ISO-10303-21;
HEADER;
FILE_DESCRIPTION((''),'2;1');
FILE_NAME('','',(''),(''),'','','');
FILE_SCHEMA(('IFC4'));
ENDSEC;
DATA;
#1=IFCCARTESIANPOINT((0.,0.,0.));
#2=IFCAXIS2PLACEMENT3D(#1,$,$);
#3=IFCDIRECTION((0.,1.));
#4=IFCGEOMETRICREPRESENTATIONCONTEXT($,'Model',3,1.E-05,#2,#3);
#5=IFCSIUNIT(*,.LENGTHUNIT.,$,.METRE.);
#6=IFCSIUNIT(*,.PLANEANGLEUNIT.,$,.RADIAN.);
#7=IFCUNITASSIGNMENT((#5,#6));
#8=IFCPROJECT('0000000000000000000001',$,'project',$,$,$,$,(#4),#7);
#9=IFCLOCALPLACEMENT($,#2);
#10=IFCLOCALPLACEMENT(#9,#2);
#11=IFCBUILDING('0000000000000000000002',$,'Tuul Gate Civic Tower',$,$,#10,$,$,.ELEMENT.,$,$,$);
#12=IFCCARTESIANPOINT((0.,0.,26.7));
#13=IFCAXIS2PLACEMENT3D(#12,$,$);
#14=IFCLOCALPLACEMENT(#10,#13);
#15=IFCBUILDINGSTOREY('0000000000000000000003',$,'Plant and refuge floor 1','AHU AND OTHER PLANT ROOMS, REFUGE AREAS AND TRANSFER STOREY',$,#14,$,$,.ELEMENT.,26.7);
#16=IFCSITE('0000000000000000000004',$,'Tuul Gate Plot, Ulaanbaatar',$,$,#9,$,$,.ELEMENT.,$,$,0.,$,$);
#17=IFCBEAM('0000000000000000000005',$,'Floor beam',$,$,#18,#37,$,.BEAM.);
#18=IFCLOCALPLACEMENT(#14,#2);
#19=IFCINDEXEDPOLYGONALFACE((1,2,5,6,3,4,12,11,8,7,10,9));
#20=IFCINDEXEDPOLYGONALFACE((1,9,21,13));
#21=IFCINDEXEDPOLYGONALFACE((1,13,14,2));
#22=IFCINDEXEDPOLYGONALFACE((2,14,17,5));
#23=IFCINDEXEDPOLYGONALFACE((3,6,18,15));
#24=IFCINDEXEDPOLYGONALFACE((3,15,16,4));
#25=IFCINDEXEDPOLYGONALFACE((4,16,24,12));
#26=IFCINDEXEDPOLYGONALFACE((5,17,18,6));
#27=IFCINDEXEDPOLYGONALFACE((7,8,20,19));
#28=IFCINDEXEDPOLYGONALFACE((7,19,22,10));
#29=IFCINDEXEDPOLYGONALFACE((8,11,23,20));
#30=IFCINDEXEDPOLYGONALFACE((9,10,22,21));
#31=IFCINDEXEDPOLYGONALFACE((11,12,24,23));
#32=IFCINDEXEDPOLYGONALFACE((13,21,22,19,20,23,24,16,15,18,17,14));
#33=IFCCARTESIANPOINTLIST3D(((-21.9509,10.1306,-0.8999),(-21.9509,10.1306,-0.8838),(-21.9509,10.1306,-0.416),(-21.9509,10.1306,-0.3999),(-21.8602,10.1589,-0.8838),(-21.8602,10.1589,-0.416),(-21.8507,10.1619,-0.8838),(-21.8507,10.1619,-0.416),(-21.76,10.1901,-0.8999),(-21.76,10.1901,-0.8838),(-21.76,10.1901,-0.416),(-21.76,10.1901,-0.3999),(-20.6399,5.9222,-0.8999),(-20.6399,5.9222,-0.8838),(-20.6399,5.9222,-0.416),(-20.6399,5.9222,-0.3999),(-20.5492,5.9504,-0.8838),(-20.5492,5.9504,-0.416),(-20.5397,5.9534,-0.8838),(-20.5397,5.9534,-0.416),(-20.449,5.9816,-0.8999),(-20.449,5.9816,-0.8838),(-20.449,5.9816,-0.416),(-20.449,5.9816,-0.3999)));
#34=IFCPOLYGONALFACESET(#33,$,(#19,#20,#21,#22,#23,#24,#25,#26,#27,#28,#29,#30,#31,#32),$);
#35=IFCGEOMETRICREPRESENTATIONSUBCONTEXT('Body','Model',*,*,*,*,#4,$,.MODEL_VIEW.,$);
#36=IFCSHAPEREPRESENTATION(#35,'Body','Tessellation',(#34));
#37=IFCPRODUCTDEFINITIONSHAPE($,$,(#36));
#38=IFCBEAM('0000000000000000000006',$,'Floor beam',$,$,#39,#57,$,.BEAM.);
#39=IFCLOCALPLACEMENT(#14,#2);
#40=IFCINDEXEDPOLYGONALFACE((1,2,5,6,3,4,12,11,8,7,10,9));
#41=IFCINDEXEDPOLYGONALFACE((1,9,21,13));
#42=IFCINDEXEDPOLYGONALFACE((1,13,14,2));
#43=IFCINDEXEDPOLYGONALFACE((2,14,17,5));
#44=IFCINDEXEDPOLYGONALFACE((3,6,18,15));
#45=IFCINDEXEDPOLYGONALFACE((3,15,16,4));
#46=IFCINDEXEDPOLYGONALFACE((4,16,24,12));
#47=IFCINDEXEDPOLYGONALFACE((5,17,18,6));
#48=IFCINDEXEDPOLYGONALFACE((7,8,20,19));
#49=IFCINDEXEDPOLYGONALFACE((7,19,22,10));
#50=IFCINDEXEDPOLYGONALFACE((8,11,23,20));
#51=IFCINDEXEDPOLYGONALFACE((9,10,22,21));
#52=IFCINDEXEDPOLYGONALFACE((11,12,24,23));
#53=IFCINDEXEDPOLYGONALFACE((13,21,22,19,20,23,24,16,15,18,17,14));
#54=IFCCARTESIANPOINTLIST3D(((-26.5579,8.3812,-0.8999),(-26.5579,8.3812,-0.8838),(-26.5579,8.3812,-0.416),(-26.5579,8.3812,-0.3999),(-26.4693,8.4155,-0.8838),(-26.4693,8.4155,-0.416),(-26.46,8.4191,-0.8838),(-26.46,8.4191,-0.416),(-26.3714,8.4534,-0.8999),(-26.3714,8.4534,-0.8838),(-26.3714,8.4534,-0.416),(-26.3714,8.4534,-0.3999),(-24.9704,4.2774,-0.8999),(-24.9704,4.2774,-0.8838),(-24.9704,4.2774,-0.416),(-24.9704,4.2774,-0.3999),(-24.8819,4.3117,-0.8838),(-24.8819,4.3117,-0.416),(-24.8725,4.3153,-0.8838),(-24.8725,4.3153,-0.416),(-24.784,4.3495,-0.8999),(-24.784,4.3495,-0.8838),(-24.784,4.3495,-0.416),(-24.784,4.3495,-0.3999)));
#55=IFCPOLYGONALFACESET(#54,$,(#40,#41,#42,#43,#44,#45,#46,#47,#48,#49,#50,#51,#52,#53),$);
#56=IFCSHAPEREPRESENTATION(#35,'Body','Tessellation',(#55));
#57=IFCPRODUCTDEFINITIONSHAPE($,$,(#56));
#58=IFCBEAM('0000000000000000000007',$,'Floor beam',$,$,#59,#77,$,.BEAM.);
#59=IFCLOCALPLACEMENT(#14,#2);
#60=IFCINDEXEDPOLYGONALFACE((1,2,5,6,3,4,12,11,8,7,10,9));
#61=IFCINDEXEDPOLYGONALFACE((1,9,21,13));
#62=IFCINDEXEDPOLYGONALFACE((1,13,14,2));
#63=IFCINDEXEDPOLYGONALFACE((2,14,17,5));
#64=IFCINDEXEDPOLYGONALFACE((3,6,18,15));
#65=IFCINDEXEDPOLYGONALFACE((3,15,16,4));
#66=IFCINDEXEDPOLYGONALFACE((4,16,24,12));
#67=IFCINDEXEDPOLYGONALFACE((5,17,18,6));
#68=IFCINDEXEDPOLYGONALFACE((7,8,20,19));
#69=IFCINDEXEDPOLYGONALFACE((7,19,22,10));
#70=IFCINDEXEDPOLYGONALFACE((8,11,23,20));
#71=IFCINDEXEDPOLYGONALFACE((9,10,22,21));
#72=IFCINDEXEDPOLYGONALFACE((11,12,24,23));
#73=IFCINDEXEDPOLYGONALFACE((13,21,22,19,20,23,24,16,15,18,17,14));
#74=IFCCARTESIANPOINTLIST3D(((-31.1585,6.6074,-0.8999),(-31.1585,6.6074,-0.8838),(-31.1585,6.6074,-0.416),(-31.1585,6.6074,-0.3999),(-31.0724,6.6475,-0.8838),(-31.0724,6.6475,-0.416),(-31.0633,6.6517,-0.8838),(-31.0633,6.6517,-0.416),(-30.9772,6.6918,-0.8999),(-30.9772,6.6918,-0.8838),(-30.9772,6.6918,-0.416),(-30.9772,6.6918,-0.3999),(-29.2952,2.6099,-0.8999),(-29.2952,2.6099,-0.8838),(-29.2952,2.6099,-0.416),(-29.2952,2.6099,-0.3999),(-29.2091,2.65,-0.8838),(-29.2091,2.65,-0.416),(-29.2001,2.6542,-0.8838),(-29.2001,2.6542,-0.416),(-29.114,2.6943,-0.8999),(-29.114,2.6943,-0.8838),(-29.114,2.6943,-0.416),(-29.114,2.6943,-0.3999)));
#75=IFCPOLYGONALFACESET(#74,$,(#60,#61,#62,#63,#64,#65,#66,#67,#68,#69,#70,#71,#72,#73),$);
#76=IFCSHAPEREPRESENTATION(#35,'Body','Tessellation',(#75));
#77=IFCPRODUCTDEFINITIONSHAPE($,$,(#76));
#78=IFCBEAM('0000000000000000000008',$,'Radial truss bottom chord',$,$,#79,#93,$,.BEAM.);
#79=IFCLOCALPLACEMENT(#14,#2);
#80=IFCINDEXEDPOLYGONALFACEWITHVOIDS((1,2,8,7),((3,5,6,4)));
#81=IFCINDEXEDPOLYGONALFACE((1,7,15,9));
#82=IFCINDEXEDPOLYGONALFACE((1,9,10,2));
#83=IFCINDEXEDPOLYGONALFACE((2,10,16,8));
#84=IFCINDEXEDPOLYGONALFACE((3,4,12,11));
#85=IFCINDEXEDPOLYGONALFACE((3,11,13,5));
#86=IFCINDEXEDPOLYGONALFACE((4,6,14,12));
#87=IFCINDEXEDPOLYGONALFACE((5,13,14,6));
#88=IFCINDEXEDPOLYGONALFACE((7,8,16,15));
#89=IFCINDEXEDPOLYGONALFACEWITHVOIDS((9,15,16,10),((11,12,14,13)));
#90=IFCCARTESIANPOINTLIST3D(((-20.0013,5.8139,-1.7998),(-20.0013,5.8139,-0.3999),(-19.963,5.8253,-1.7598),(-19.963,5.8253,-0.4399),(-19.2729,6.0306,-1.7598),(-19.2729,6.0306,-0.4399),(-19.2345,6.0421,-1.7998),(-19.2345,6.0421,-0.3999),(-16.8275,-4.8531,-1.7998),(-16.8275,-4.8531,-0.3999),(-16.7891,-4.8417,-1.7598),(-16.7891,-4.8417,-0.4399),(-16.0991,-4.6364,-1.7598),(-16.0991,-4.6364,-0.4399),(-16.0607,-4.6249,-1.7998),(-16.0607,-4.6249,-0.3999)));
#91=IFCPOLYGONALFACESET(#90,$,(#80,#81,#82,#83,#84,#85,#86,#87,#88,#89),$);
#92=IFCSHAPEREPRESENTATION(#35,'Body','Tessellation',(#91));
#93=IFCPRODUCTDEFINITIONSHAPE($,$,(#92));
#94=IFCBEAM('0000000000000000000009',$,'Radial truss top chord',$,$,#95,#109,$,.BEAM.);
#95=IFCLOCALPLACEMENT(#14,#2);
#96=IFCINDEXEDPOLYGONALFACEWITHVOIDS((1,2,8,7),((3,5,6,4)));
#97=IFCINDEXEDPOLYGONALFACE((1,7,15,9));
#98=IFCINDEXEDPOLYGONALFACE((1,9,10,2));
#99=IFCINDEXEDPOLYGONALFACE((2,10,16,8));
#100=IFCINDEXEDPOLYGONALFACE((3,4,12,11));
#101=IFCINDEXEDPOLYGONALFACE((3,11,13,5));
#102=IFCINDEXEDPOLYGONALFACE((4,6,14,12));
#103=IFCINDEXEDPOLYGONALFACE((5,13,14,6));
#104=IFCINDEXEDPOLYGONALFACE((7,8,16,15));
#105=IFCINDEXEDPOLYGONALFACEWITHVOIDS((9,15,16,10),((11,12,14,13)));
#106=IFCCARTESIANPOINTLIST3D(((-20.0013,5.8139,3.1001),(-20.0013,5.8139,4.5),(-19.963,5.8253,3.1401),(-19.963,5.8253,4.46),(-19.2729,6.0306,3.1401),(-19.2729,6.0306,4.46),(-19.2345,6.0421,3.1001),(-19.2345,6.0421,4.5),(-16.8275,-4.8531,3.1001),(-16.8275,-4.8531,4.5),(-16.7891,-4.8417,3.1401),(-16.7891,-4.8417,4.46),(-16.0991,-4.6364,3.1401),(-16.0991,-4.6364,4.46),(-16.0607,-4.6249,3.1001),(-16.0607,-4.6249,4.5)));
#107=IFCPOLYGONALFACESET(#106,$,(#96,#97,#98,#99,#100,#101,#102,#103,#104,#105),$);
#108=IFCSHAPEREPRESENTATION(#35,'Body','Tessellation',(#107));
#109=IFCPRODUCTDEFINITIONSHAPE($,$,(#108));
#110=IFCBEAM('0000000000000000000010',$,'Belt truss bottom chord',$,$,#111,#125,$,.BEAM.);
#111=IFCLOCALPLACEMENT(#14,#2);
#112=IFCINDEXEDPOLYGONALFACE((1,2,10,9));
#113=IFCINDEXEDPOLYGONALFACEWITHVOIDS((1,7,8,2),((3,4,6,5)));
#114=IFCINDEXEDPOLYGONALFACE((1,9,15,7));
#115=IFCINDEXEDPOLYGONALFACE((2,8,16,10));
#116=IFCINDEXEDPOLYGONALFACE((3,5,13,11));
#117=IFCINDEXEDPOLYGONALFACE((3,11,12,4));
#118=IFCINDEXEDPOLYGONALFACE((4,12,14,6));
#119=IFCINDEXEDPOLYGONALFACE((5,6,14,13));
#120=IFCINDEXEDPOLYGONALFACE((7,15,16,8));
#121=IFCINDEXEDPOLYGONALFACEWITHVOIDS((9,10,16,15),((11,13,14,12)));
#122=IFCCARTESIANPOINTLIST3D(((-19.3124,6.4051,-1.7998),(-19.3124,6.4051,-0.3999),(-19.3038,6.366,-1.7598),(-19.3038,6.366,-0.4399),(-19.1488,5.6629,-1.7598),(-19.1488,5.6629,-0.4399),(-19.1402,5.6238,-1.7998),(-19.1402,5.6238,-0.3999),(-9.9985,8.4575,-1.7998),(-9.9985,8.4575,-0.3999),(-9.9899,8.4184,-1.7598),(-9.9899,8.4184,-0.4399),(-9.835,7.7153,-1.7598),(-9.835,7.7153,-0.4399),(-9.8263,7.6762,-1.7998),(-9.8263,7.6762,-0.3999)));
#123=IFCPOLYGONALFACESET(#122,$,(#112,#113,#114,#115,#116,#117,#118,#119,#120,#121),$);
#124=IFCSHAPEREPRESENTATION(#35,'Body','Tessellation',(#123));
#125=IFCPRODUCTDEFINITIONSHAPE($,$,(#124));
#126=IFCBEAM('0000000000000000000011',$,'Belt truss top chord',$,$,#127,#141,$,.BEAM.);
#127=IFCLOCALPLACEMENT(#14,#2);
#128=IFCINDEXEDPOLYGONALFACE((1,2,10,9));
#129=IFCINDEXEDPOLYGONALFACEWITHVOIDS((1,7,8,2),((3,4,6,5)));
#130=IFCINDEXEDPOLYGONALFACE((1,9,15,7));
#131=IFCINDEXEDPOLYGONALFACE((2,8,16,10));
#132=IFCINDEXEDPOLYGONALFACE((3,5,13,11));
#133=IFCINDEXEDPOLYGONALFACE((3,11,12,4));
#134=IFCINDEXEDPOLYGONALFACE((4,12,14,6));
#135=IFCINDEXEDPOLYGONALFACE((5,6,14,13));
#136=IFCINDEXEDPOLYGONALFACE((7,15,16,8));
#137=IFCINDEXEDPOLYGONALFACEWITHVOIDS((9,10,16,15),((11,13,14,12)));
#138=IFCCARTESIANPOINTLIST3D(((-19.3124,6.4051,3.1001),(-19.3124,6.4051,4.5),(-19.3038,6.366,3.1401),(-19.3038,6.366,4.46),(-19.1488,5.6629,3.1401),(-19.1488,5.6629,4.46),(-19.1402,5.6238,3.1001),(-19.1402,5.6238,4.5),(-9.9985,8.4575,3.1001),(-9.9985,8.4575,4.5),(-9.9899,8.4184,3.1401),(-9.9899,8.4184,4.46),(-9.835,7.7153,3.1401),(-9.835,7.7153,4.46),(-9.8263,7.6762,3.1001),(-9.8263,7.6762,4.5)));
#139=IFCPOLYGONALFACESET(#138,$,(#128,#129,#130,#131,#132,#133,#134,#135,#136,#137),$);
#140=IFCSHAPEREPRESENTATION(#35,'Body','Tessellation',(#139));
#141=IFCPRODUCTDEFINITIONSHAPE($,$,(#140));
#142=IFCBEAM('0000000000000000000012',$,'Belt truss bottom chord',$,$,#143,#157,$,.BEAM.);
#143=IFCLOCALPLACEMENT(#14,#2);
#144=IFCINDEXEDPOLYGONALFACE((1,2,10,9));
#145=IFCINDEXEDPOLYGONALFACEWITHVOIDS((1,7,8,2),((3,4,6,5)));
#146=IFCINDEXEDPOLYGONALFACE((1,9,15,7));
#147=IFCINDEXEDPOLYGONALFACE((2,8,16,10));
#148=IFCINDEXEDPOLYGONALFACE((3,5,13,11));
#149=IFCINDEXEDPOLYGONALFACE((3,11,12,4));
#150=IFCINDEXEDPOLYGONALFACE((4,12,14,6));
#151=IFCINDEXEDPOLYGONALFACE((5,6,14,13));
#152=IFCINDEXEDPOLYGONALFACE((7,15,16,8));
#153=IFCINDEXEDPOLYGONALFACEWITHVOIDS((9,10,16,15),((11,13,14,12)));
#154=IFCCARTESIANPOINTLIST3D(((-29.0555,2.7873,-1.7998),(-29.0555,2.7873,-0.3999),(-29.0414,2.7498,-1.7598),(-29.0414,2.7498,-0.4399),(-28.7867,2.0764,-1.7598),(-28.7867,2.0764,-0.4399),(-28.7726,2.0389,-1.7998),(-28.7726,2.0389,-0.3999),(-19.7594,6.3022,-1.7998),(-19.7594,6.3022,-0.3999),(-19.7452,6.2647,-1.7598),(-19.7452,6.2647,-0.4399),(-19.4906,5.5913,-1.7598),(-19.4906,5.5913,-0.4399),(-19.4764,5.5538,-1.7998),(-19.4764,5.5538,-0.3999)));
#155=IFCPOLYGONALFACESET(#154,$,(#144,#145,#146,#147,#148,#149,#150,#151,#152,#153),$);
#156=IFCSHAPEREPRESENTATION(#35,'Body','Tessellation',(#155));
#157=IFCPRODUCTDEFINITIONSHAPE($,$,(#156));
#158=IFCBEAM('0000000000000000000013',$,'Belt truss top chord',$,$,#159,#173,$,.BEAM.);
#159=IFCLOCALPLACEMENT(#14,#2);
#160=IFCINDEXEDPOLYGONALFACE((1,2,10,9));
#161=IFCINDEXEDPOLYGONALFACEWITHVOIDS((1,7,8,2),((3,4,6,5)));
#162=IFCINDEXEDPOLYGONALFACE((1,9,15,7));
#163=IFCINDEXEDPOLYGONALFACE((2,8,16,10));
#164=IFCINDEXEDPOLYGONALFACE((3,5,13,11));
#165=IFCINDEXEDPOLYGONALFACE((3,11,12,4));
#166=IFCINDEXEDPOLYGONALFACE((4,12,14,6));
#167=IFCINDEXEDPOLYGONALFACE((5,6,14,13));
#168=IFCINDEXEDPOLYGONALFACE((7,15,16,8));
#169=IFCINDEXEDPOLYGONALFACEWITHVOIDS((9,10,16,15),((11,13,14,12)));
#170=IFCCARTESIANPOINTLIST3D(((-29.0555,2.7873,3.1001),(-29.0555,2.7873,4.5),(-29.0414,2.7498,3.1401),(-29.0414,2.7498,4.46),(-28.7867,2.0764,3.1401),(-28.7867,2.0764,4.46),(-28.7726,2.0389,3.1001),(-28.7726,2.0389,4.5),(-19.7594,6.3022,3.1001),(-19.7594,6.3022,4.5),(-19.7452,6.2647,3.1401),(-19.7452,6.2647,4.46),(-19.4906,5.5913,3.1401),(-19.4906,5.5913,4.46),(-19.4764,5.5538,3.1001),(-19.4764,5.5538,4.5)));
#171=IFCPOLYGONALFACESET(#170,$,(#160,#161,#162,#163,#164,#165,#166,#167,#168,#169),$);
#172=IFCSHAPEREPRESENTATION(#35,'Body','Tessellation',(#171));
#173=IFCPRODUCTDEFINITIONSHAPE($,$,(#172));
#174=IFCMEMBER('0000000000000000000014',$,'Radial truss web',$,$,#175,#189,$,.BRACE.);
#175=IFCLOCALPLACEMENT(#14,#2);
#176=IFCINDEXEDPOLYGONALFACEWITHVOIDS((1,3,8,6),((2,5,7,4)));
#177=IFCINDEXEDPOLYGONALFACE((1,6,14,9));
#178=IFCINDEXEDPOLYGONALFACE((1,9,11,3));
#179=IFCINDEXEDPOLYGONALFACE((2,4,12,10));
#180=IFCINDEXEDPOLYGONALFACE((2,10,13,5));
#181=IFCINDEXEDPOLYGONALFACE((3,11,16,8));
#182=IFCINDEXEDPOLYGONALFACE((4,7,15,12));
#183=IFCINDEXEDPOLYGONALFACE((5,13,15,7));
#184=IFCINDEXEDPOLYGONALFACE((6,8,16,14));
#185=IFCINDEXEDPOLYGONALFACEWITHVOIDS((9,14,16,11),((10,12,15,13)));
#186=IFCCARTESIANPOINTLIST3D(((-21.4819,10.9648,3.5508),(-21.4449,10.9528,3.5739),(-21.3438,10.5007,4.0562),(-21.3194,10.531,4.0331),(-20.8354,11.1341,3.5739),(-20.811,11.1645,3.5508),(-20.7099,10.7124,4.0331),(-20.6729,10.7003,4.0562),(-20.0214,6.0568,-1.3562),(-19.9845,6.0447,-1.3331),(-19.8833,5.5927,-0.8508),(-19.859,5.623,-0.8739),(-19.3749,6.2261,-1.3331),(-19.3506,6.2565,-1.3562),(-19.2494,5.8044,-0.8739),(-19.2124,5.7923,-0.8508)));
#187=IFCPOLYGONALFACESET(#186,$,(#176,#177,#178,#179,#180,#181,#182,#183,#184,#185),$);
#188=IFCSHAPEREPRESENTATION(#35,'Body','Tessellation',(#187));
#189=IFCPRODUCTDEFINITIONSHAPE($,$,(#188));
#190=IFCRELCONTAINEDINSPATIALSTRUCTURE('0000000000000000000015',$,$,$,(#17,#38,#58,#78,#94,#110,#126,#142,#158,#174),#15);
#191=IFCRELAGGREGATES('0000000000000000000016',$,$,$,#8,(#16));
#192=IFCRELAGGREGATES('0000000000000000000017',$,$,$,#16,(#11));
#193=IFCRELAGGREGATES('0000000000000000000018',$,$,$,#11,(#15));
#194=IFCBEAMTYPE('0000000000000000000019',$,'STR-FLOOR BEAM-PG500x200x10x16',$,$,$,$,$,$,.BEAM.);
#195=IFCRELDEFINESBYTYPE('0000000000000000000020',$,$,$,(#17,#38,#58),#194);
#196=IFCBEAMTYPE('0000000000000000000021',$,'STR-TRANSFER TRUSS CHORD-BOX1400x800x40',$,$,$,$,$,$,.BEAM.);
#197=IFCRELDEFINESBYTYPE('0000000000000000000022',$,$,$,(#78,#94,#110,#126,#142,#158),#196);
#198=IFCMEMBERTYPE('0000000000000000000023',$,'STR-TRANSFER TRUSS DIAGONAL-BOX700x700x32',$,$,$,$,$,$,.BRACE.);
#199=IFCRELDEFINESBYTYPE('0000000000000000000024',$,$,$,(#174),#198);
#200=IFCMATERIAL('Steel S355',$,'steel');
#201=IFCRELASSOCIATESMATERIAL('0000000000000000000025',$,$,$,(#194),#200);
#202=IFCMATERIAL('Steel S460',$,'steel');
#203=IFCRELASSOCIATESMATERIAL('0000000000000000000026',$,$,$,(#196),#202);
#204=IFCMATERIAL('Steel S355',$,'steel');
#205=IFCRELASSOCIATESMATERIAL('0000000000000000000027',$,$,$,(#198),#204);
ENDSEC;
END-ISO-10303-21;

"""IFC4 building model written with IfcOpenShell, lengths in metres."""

from ifc_helpers import new_model, si_unit, direction, frame, origin, origin_2d, place, context, subcontext, project, spatial, hollow_rectangle, i_section, extrude, material, material_profile, profile_set, type_object, element, save


model = new_model("IFC4")

# Units and contexts
model_context = context("Model", 3, precision=1e-05, world=origin(), true_north=direction((0.0, 1.0)))
body_context = subcontext(model_context, "Body", "Model", "MODEL_VIEW")
ifc_project = project(units=[si_unit("LENGTHUNIT", "METRE"), si_unit("PLANEANGLEUNIT", "RADIAN")], contexts=[model_context])

# Site, building, storey
site_placement = place(None, origin())
site = spatial("IfcSite", under=ifc_project, at=site_placement, Name="Tuul Gate Plot, Ulaanbaatar", CompositionType="ELEMENT", RefElevation=0.0)
building_placement = place(site_placement, origin())
building = spatial("IfcBuilding", under=site, at=building_placement, Name="Tuul Gate Civic Tower", CompositionType="ELEMENT")
storey_placement = place(building_placement, frame((0.0, 0.0, 26.7)))
storey = spatial("IfcBuildingStorey", under=building, at=storey_placement, Name="Plant and refuge floor 1", Description="AHU AND OTHER PLANT ROOMS, REFUGE AREAS AND TRANSFER STOREY", CompositionType="ELEMENT", Elevation=26.7)

# Beams
ifc_material_1 = material(Name="Steel S355", Category="steel")
ifc_material_profile_1 = material_profile(ifc_material_1, i_section(OverallWidth=0.2, OverallDepth=0.5, WebThickness=0.01, FlangeThickness=0.0161, at=origin_2d()), Name="PG500x200x10x16")
ifc_profile_set_1 = profile_set([ifc_material_profile_1], Name="Steel S355")
beam_type_1 = type_object("IfcBeamType", Name="STR-FLOOR BEAM-PG500x200x10x16", PredefinedType="BEAM", material=ifc_profile_set_1)
beam_1_placement = place(storey_placement, frame((-20.5444, 5.9519, -0.6499), z_axis=(-0.297423, 0.954746, 0.0), x_axis=(-0.954746, -0.297423, 0.0)))
element("IfcBeam", 1, at=beam_1_placement, inside=storey, type_object=beam_type_1, Name="Floor beam", PredefinedType="BEAM", context=body_context, shape_type="SweptSolid", body=[
    extrude(i_section(OverallWidth=0.2, OverallDepth=0.5, WebThickness=0.01, FlangeThickness=0.0161, at=origin_2d()), origin(), (0.0, 0.0, 1.0), 4.408),
])
beam_2_placement = place(storey_placement, frame((-24.8772, 4.3135, -0.6499), z_axis=(-0.360767, 0.932656, 0.0), x_axis=(-0.932656, -0.360767, 0.0)))
element("IfcBeam", 2, at=beam_2_placement, inside=storey, type_object=beam_type_1, Name="Floor beam", PredefinedType="BEAM", context=body_context, shape_type="SweptSolid", body=[
    extrude(i_section(OverallWidth=0.2, OverallDepth=0.5, WebThickness=0.01, FlangeThickness=0.0161, at=origin_2d()), origin(), (0.0, 0.0, 1.0), 4.4001),
])
beam_3_placement = place(storey_placement, frame((-29.2046, 2.6521, -0.6499), z_axis=(-0.422467, 0.906378, 0.0), x_axis=(-0.906378, -0.422467, 0.0)))
element("IfcBeam", 3, at=beam_3_placement, inside=storey, type_object=beam_type_1, Name="Floor beam", PredefinedType="BEAM", context=body_context, shape_type="SweptSolid", body=[
    extrude(i_section(OverallWidth=0.2, OverallDepth=0.5, WebThickness=0.01, FlangeThickness=0.0161, at=origin_2d()), origin(), (0.0, 0.0, 1.0), 4.4104),
])
ifc_material_2 = material(Name="Steel S460", Category="steel")
ifc_material_profile_2 = material_profile(ifc_material_2, hollow_rectangle(XDim=0.8, YDim=1.3999, WallThickness=0.04, at=origin_2d()), Name="BOX1400x800x40")
ifc_profile_set_2 = profile_set([ifc_material_profile_2], Name="Steel S460")
beam_type_2 = type_object("IfcBeamType", Name="STR-TRANSFER TRUSS CHORD-BOX1400x800x40", PredefinedType="BEAM", material=ifc_profile_set_2)
for number, where, z_axis, x_axis, name in (
    (4, (-19.6179, 5.928, -1.0999), (0.285182, -0.958473, 0.0), (0.958473, 0.285182, 0.0), "Radial truss bottom chord"),
    (5, (-19.6179, 5.928, 3.8), (0.285182, -0.958473, 0.0), (0.958473, 0.285182, 0.0), "Radial truss top chord"),
):
    element("IfcBeam", number, at=place(storey_placement, frame(where, z_axis=z_axis, x_axis=x_axis)), inside=storey, type_object=beam_type_2, Name=name, PredefinedType="BEAM", context=body_context, shape_type="SweptSolid", body=[
        extrude(hollow_rectangle(XDim=0.8, YDim=1.3999, WallThickness=0.04, at=origin_2d()), origin(), (0.0, 0.0, 1.0), 11.1292),
    ])
for number, where, z_axis, x_axis, name in (
    (6, (-19.2263, 6.0144, -1.0999), (0.976569, 0.215204, 0.0), (-0.215204, 0.976569, 0.0), "Belt truss bottom chord"),
    (7, (-19.2263, 6.0144, 3.8), (0.976569, 0.215204, 0.0), (-0.215204, 0.976569, 0.0), "Belt truss top chord"),
):
    element("IfcBeam", number, at=place(storey_placement, frame(where, z_axis=z_axis, x_axis=x_axis)), inside=storey, type_object=beam_type_2, Name=name, PredefinedType="BEAM", context=body_context, shape_type="SweptSolid", body=[
        extrude(hollow_rectangle(XDim=0.8, YDim=1.3999, WallThickness=0.04, at=origin_2d()), origin(), (0.0, 0.0, 1.0), 9.5374),
    ])
for number, where, z_axis, x_axis, name in (
    (8, (-28.9141, 2.4131, -1.0999), (0.935372, 0.353666, 0.0), (-0.353666, 0.935372, 0.0), "Belt truss bottom chord"),
    (9, (-28.9141, 2.4131, 3.8), (0.935372, 0.353666, 0.0), (-0.353666, 0.935372, 0.0), "Belt truss top chord"),
):
    element("IfcBeam", number, at=place(storey_placement, frame(where, z_axis=z_axis, x_axis=x_axis)), inside=storey, type_object=beam_type_2, Name=name, PredefinedType="BEAM", context=body_context, shape_type="SweptSolid", body=[
        extrude(hollow_rectangle(XDim=0.8, YDim=1.3999, WallThickness=0.04, at=origin_2d()), origin(), (0.0, 0.0, 1.0), 9.9385),
    ])

# Member
ifc_material_3 = material(Name="Steel S355", Category="steel")
ifc_material_profile_3 = material_profile(ifc_material_3, hollow_rectangle(XDim=0.7, YDim=0.7, WallThickness=0.032, at=origin_2d()), Name="BOX700x700x32")
ifc_profile_set_3 = profile_set([ifc_material_profile_3], Name="Steel S355")
member_type_1 = type_object("IfcMemberType", Name="STR-TRANSFER TRUSS DIAGONAL-BOX700x700x32", PredefinedType="BRACE", material=ifc_profile_set_3)
member_1_placement = place(storey_placement, frame((-19.6169, 5.9246, -1.1035), z_axis=(-0.205923, 0.692021, 0.691883), x_axis=(-0.958466, -0.285208, 0.0)))
element("IfcMember", 10, at=member_1_placement, inside=storey, type_object=member_type_1, Name="Radial truss web", PredefinedType="BRACE", context=body_context, shape_type="SweptSolid", body=[
    extrude(hollow_rectangle(XDim=0.7, YDim=0.7, WallThickness=0.032, at=origin_2d()), origin(), (0.0, 0.0, 1.0), 7.0923),
])

save(model, "model.ifc")
